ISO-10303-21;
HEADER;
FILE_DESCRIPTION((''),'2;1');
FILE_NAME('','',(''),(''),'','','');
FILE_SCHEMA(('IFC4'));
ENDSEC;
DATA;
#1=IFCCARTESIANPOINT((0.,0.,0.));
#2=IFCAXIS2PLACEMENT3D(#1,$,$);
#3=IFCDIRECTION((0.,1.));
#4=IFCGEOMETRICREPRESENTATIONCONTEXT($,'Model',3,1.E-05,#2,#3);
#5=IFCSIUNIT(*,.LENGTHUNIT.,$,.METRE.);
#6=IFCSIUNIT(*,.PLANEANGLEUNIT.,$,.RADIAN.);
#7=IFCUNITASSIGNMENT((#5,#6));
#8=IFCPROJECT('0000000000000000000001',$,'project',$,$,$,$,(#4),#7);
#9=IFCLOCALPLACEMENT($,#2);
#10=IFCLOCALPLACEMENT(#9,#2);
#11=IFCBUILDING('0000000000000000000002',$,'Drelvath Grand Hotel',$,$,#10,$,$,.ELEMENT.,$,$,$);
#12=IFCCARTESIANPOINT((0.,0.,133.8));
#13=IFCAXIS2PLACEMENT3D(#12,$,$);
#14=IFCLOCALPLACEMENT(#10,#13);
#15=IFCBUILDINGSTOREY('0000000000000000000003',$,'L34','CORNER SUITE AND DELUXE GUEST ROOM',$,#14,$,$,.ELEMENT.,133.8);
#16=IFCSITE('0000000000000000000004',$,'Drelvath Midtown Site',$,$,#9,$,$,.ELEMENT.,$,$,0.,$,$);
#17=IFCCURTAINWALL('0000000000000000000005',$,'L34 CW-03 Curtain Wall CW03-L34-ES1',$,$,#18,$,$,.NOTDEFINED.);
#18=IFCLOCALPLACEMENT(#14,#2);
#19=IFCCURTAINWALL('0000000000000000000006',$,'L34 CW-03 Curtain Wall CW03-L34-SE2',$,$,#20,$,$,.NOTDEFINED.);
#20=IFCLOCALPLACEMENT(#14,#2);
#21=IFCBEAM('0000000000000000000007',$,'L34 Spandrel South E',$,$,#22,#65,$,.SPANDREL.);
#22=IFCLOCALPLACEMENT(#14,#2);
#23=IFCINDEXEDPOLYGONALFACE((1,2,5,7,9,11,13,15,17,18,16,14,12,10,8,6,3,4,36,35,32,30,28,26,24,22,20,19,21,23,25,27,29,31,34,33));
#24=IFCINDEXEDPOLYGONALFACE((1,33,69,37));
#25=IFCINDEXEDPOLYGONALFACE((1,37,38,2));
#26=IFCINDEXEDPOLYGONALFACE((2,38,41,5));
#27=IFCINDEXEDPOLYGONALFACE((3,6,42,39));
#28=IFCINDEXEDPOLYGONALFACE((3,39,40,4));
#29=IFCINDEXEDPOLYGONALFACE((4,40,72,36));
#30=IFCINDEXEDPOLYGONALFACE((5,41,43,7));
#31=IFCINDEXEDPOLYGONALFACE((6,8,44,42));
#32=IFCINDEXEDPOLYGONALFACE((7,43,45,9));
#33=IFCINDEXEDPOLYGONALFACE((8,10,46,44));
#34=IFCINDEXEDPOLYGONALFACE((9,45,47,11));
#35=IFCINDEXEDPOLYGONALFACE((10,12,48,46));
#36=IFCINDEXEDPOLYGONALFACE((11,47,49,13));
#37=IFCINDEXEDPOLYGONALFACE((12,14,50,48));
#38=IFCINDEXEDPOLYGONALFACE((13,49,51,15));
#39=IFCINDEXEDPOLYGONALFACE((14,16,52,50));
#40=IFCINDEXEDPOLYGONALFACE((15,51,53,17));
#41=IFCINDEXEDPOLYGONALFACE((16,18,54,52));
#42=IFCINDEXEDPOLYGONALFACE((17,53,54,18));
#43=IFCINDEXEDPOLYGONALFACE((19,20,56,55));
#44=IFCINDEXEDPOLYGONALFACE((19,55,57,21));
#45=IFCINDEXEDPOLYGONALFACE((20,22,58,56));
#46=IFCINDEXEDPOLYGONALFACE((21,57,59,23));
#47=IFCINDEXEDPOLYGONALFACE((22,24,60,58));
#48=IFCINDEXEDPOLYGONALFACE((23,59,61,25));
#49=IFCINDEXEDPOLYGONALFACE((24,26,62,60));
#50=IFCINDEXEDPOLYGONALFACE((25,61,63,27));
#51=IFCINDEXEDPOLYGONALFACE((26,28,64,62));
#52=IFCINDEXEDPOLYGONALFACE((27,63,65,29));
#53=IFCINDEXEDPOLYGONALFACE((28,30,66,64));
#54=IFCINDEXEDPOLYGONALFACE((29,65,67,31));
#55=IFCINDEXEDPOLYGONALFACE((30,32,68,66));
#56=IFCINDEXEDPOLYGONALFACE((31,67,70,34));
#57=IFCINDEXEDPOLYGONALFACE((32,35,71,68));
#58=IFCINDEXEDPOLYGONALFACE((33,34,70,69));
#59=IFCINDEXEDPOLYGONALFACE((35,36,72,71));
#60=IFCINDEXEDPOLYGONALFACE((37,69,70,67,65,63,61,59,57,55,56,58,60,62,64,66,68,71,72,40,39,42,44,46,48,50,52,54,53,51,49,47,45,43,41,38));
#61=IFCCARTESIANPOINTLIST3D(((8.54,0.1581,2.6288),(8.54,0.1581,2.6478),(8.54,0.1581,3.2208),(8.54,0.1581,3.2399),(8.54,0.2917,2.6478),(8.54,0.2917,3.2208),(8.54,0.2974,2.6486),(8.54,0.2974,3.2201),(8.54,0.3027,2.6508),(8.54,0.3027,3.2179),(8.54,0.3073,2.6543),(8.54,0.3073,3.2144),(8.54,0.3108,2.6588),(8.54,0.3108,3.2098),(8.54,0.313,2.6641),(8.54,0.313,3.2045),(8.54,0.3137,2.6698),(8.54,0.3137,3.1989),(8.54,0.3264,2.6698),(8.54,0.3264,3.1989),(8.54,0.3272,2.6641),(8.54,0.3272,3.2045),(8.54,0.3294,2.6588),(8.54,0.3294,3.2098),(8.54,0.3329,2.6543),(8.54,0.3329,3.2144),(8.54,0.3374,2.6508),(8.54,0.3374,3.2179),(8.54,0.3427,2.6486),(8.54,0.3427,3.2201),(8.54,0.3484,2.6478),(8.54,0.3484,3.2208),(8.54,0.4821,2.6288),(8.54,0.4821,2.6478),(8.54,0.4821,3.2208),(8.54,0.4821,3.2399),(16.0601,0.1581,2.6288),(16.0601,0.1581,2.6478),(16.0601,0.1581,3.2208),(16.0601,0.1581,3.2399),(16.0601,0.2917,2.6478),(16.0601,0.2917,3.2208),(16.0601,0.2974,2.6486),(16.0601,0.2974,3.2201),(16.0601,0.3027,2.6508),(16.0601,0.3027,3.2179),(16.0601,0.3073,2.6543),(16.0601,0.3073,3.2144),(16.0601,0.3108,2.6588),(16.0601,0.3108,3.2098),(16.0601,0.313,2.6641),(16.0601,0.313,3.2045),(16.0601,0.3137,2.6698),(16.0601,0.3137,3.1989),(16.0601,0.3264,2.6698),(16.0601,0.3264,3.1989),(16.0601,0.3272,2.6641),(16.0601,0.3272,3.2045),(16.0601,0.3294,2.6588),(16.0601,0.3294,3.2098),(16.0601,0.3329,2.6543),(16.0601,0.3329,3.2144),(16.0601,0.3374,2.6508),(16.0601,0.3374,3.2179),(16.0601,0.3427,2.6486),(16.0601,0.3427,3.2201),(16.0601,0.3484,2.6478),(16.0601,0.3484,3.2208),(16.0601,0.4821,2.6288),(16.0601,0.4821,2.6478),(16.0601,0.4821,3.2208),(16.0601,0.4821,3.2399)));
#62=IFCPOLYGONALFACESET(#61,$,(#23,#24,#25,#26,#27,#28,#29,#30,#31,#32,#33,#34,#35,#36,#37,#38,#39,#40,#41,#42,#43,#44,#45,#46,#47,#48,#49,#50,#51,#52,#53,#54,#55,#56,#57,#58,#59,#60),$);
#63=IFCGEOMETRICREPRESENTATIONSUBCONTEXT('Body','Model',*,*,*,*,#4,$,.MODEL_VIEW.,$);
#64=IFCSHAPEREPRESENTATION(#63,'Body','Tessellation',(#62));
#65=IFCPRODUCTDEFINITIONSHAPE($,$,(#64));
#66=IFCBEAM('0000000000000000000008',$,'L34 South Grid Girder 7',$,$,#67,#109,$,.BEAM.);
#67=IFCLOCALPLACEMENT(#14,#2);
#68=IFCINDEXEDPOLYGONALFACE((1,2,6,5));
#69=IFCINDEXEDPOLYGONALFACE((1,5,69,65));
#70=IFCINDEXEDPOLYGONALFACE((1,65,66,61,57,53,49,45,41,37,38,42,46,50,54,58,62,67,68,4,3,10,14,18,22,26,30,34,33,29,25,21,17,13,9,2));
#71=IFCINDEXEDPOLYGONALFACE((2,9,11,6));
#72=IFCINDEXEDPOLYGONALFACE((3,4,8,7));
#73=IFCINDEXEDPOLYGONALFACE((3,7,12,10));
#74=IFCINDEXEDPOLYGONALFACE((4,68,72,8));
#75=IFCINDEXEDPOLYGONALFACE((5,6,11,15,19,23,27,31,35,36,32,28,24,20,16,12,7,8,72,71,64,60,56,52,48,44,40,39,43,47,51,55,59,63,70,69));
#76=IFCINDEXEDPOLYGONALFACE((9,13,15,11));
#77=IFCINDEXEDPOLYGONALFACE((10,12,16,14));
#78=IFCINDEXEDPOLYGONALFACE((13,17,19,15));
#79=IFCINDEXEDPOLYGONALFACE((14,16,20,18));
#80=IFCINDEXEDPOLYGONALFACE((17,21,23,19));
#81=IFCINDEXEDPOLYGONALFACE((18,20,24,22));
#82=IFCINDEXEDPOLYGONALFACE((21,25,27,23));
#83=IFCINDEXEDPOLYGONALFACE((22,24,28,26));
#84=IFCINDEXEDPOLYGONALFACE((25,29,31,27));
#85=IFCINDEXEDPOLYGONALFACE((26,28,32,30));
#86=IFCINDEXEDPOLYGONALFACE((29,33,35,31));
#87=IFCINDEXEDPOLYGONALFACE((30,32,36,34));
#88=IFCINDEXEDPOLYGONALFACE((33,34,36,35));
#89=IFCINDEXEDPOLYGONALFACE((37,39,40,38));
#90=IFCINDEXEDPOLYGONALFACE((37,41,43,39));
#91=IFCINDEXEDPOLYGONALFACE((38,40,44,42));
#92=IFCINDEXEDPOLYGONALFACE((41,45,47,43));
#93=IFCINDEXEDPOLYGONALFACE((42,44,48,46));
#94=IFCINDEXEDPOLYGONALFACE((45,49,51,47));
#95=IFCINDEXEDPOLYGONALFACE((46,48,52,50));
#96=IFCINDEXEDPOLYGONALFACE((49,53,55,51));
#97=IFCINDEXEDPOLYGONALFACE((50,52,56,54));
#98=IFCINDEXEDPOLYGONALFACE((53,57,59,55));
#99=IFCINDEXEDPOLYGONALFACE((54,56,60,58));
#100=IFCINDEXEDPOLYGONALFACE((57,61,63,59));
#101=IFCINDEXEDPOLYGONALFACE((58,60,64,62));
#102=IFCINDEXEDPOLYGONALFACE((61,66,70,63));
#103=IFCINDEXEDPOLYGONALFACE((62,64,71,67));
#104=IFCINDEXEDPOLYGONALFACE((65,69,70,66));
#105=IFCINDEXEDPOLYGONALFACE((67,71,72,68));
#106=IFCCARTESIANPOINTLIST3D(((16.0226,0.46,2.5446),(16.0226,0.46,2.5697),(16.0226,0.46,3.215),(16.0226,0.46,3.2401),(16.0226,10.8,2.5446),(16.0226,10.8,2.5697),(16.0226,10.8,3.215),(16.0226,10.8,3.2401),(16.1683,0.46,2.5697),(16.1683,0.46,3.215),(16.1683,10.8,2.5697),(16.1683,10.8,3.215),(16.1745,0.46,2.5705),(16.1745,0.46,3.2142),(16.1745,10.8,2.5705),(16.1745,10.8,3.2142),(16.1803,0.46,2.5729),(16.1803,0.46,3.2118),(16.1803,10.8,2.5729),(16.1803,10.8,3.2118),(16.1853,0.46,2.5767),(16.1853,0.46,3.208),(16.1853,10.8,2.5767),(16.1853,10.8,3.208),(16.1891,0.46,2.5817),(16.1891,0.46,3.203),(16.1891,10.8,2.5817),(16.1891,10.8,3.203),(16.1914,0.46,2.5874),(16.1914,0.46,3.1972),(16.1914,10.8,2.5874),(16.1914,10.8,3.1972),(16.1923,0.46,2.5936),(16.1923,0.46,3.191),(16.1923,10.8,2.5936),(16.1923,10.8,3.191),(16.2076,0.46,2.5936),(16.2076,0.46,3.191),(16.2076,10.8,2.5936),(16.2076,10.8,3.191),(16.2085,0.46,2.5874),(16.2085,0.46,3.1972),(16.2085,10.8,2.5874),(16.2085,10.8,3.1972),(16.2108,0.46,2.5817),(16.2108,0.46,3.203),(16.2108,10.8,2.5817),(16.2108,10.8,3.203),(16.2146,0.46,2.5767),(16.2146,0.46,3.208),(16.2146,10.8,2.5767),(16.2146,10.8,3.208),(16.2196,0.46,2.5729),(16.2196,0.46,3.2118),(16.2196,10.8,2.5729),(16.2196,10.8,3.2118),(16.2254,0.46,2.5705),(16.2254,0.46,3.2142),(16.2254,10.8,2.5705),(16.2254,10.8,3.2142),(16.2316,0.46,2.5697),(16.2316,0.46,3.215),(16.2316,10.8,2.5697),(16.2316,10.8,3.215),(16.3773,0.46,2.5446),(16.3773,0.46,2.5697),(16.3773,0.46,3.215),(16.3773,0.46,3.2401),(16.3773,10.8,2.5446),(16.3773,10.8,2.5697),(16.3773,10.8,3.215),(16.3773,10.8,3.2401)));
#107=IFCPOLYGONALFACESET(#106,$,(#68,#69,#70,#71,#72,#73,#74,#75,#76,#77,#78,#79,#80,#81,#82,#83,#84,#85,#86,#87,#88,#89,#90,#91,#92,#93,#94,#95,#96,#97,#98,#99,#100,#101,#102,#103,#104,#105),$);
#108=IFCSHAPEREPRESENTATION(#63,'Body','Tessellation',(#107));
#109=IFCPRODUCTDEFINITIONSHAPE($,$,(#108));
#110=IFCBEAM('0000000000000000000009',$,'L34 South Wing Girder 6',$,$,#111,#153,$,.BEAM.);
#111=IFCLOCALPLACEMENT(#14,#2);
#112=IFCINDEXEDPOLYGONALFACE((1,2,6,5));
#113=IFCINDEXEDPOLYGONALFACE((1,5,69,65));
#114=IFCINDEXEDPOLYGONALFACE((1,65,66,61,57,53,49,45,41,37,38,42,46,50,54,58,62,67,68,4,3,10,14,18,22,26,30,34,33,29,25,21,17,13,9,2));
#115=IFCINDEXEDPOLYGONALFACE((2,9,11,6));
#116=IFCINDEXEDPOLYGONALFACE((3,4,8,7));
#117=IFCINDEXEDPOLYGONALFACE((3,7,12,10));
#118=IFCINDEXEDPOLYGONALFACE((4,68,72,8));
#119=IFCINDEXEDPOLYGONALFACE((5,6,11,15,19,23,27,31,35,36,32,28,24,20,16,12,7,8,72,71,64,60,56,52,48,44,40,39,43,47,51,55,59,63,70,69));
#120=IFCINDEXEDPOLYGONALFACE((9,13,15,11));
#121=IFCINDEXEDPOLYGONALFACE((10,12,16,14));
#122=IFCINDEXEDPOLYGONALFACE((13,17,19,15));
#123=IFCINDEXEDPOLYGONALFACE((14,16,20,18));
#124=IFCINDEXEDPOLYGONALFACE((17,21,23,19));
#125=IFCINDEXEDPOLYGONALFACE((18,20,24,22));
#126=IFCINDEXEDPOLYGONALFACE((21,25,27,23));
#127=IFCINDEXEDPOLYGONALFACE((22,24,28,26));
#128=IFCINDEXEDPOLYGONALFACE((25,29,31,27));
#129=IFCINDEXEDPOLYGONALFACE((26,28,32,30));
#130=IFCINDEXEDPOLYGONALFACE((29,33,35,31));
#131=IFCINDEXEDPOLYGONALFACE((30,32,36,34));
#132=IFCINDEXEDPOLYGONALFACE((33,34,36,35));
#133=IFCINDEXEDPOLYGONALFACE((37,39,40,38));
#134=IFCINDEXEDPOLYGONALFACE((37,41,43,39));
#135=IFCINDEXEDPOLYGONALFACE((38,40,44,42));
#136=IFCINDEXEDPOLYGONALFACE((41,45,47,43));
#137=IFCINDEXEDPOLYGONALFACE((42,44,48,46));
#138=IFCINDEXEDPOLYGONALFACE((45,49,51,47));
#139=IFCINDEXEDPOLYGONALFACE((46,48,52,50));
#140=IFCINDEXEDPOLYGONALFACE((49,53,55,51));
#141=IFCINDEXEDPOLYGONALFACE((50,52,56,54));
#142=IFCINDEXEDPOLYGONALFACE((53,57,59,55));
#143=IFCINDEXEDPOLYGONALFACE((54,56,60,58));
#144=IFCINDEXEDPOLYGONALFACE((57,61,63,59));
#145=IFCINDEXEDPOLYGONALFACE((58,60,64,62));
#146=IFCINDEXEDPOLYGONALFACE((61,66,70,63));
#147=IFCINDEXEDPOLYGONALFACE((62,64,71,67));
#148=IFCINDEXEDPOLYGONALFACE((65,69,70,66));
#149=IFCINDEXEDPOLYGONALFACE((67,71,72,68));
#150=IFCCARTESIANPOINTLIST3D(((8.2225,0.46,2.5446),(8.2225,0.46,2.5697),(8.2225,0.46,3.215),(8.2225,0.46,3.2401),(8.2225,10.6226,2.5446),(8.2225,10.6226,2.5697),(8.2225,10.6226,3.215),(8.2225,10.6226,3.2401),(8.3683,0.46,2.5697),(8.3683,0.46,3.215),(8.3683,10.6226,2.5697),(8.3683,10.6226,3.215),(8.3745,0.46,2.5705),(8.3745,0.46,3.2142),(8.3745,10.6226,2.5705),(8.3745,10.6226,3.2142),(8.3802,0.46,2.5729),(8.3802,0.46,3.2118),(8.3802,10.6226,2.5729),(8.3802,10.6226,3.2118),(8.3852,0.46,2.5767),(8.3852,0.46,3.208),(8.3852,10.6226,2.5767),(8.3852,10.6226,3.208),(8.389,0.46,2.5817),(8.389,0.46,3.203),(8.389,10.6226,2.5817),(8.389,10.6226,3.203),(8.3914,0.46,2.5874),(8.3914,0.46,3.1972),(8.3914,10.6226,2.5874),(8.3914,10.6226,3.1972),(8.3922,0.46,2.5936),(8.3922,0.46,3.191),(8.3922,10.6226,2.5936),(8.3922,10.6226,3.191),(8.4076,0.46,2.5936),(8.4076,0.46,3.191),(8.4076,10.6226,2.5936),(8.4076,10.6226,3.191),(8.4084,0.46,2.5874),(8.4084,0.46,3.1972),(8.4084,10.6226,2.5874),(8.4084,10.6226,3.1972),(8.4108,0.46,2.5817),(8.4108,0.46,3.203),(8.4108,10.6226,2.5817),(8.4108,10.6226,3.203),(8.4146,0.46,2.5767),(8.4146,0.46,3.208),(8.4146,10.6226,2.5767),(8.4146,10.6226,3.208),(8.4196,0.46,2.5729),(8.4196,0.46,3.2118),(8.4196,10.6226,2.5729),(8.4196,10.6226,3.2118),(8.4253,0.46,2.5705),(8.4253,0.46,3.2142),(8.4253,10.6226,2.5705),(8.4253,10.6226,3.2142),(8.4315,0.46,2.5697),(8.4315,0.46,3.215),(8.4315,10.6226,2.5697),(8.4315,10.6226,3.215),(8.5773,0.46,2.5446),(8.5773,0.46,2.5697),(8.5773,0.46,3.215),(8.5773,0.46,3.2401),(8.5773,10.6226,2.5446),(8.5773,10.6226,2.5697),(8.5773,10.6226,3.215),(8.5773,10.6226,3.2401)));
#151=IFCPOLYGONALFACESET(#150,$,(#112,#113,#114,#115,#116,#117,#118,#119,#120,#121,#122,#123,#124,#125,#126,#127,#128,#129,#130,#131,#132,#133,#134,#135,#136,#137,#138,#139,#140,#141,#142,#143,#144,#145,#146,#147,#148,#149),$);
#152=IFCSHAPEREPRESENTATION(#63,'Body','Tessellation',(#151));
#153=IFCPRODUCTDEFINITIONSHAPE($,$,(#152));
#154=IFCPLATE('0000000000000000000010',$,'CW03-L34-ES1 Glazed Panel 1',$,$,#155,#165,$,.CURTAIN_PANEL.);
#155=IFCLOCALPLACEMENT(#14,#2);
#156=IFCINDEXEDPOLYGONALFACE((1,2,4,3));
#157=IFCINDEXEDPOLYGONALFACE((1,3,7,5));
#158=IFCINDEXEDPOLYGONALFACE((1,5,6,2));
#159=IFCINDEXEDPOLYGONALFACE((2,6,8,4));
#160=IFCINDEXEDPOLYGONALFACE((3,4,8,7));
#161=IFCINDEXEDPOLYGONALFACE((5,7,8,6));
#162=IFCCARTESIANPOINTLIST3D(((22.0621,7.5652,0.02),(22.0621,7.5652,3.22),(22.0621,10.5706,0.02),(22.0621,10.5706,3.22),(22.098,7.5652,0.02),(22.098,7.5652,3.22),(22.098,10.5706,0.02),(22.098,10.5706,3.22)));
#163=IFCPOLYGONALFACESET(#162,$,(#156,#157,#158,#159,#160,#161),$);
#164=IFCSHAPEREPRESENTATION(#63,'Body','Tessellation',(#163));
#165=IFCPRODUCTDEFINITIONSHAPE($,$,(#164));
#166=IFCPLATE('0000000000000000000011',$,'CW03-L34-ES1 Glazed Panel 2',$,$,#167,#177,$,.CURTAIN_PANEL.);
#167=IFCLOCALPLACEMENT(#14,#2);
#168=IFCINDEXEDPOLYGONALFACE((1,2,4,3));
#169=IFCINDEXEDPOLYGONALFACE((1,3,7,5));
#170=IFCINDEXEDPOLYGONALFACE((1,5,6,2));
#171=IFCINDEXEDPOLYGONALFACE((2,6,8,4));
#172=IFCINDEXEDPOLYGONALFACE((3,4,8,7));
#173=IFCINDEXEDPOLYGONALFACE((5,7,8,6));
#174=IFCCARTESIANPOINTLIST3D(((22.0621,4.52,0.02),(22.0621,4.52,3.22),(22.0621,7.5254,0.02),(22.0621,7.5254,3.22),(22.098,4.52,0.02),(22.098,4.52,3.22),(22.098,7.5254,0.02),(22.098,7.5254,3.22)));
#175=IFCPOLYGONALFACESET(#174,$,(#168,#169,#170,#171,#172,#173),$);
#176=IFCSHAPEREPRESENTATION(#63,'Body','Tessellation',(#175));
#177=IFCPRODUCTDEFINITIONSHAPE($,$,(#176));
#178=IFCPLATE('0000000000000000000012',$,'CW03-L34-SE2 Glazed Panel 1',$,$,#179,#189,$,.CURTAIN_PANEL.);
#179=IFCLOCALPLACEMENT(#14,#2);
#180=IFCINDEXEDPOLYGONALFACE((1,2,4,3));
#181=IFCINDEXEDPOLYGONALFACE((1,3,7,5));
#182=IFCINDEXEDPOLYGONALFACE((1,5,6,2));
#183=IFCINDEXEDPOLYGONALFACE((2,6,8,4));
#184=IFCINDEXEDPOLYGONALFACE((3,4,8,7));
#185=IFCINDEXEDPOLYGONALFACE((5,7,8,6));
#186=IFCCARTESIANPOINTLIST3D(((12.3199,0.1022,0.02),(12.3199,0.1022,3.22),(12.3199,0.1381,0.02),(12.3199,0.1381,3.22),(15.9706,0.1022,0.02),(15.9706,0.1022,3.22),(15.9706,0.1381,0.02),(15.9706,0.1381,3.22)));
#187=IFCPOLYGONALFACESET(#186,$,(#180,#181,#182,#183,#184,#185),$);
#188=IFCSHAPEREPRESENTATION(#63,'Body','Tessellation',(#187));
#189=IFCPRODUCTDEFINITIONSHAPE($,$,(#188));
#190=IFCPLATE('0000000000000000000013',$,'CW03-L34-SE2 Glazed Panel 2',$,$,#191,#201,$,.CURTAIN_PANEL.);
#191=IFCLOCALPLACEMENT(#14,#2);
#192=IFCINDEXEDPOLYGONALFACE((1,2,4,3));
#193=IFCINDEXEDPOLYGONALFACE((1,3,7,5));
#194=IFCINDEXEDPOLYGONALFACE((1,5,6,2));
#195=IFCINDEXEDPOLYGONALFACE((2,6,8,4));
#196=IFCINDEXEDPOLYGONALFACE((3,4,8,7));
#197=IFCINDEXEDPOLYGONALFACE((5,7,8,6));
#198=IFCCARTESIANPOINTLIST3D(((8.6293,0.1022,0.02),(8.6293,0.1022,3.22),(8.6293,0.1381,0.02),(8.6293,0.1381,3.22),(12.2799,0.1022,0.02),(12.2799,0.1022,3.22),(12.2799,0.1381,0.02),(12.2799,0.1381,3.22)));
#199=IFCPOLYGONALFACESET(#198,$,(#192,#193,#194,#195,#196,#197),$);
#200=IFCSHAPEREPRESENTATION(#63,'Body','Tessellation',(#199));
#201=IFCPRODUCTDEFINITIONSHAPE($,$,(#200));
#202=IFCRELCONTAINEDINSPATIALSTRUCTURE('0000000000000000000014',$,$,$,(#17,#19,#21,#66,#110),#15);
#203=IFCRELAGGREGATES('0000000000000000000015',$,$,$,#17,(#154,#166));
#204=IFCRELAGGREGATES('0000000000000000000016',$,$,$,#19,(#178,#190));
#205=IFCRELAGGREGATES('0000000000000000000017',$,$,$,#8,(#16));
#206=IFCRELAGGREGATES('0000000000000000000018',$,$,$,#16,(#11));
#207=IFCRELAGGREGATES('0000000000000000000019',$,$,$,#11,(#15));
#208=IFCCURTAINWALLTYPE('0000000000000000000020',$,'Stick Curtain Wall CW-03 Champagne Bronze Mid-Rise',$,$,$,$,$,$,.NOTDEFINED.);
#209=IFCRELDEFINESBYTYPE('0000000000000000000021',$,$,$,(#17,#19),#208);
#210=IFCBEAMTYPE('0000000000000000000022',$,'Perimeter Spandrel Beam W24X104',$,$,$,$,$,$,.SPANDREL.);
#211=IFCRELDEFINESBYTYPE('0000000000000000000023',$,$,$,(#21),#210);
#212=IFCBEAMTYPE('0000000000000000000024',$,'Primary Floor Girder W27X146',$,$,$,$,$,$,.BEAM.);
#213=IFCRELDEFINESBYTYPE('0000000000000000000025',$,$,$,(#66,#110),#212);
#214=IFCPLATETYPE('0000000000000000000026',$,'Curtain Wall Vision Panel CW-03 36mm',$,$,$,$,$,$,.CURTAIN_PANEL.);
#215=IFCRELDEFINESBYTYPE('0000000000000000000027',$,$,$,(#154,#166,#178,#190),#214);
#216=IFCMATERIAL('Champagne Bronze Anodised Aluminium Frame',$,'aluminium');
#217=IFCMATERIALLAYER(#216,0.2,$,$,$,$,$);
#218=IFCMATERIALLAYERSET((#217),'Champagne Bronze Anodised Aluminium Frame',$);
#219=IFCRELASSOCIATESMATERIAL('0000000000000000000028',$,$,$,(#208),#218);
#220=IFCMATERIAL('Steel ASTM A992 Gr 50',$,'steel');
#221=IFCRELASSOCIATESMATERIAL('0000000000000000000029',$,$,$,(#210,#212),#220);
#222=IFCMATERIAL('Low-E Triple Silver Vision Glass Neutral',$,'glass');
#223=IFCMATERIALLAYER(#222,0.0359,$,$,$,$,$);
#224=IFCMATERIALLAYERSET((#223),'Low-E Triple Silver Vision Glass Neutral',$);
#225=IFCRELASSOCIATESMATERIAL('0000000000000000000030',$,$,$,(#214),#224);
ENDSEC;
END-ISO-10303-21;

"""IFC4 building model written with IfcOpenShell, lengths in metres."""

from ifc_helpers import new_model, si_unit, direction, frame, origin, origin_2d, place, context, subcontext, project, spatial, rectangle, i_section, extrude, material, layer, layer_set, material_profile, profile_set, type_object, element, aggregate, save


model = new_model("IFC4")

# Units and contexts
model_context = context("Model", 3, precision=1e-05, world=origin(), true_north=direction((0.0, 1.0)))
body_context = subcontext(model_context, "Body", "Model", "MODEL_VIEW")
ifc_project = project(units=[si_unit("LENGTHUNIT", "METRE"), si_unit("PLANEANGLEUNIT", "RADIAN")], contexts=[model_context])

# Site, building, storey
site_placement = place(None, origin())
site = spatial("IfcSite", under=ifc_project, at=site_placement, Name="Drelvath Midtown Site", CompositionType="ELEMENT", RefElevation=0.0)
building_placement = place(site_placement, origin())
building = spatial("IfcBuilding", under=site, at=building_placement, Name="Drelvath Grand Hotel", CompositionType="ELEMENT")
storey_placement = place(building_placement, frame((0.0, 0.0, 133.8)))
storey = spatial("IfcBuildingStorey", under=building, at=storey_placement, Name="L34", Description="CORNER SUITE AND DELUXE GUEST ROOM", CompositionType="ELEMENT", Elevation=133.8)

# Curtain walls
ifc_material_1 = material(Name="Champagne Bronze Anodised Aluminium Frame", Category="aluminium")
ifc_layer_1 = layer(ifc_material_1, 0.2)
ifc_layer_set_1 = layer_set([ifc_layer_1], Name="Champagne Bronze Anodised Aluminium Frame")
curtain_wall_type = type_object("IfcCurtainWallType", Name="Stick Curtain Wall CW-03 Champagne Bronze Mid-Rise", PredefinedType="NOTDEFINED", material=ifc_layer_set_1)
curtain_wall_1_placement = place(storey_placement, origin())
curtain_wall_1 = element("IfcCurtainWall", 1, at=curtain_wall_1_placement, inside=storey, type_object=curtain_wall_type, Name="L34 CW-03 Curtain Wall CW03-L34-ES1", PredefinedType="NOTDEFINED")
curtain_wall_2_placement = place(storey_placement, origin())
curtain_wall_2 = element("IfcCurtainWall", 2, at=curtain_wall_2_placement, inside=storey, type_object=curtain_wall_type, Name="L34 CW-03 Curtain Wall CW03-L34-SE2", PredefinedType="NOTDEFINED")

# Beams
ifc_material_2 = material(Name="Steel ASTM A992 Gr 50", Category="steel")
ifc_material_profile_1 = material_profile(ifc_material_2, i_section(OverallWidth=0.324, OverallDepth=0.6111, WebThickness=0.0127, FlangeThickness=0.019, FilletRadius=0.022, at=origin_2d()), Name="W24X104")
ifc_profile_set_1 = profile_set([ifc_material_profile_1], Name="Steel ASTM A992 Gr 50")
beam_type_1 = type_object("IfcBeamType", Name="Perimeter Spandrel Beam W24X104", PredefinedType="SPANDREL", material=ifc_profile_set_1)
beam_1_placement = place(storey_placement, frame((8.54, 0.3201, 2.9343), z_axis=(1.0, 0.0, 0.0), x_axis=(0.0, 1.0, 0.0)))
element("IfcBeam", 3, at=beam_1_placement, inside=storey, type_object=beam_type_1, Name="L34 Spandrel South E", PredefinedType="SPANDREL", context=body_context, shape_type="SweptSolid", body=[
    extrude(i_section(OverallWidth=0.324, OverallDepth=0.6111, WebThickness=0.0127, FlangeThickness=0.019, FilletRadius=0.022, at=origin_2d()), origin(), (0.0, 0.0, 1.0), 7.52),
])
ifc_material_profile_2 = material_profile(ifc_material_2, i_section(OverallWidth=0.3547, OverallDepth=0.6956, WebThickness=0.0154, FlangeThickness=0.0251, FilletRadius=0.0239, at=origin_2d()), Name="W27X146")
ifc_profile_set_2 = profile_set([ifc_material_profile_2], Name="Steel ASTM A992 Gr 50")
beam_type_2 = type_object("IfcBeamType", Name="Primary Floor Girder W27X146", PredefinedType="BEAM", material=ifc_profile_set_2)
beam_2_placement = place(storey_placement, frame((16.2, 0.46, 2.8923), z_axis=(0.0, 1.0, 0.0), x_axis=(-1.0, 0.0, 0.0)))
element("IfcBeam", 4, at=beam_2_placement, inside=storey, type_object=beam_type_2, Name="L34 South Grid Girder 7", PredefinedType="BEAM", context=body_context, shape_type="SweptSolid", body=[
    extrude(i_section(OverallWidth=0.3547, OverallDepth=0.6956, WebThickness=0.0154, FlangeThickness=0.0251, FilletRadius=0.0239, at=origin_2d()), origin(), (0.0, 0.0, 1.0), 10.3401),
])
beam_3_placement = place(storey_placement, frame((8.3999, 0.46, 2.8923), z_axis=(0.0, 1.0, 0.0), x_axis=(-1.0, 0.0, 0.0)))
element("IfcBeam", 5, at=beam_3_placement, inside=storey, type_object=beam_type_2, Name="L34 South Wing Girder 6", PredefinedType="BEAM", context=body_context, shape_type="SweptSolid", body=[
    extrude(i_section(OverallWidth=0.3547, OverallDepth=0.6956, WebThickness=0.0154, FlangeThickness=0.0251, FilletRadius=0.0239, at=origin_2d()), origin(), (0.0, 0.0, 1.0), 10.1626),
])

# Plates
ifc_material_3 = material(Name="Low-E Triple Silver Vision Glass Neutral", Category="glass")
ifc_layer_2 = layer(ifc_material_3, 0.0359)
ifc_layer_set_2 = layer_set([ifc_layer_2], Name="Low-E Triple Silver Vision Glass Neutral")
plate_type = type_object("IfcPlateType", Name="Curtain Wall Vision Panel CW-03 36mm", PredefinedType="CURTAIN_PANEL", material=ifc_layer_set_2)
plate_1_placement = place(storey_placement, frame((22.0801, 9.0679, 0.02), z_axis=(0.0, 0.0, 1.0), x_axis=(0.0, -1.0, 0.0)))
plate_1 = element("IfcPlate", 6, at=plate_1_placement, type_object=plate_type, Name="CW03-L34-ES1 Glazed Panel 1", PredefinedType="CURTAIN_PANEL", context=body_context, shape_type="SweptSolid", body=[
    extrude(rectangle(XDim=3.0054, YDim=0.0359, at=origin_2d()), origin(), (0.0, 0.0, 1.0), 3.2),
])
plate_2_placement = place(storey_placement, frame((22.0801, 6.0227, 0.02), z_axis=(0.0, 0.0, 1.0), x_axis=(0.0, -1.0, 0.0)))
plate_2 = element("IfcPlate", 7, at=plate_2_placement, type_object=plate_type, Name="CW03-L34-ES1 Glazed Panel 2", PredefinedType="CURTAIN_PANEL", context=body_context, shape_type="SweptSolid", body=[
    extrude(rectangle(XDim=3.0054, YDim=0.0359, at=origin_2d()), origin(), (0.0, 0.0, 1.0), 3.2),
])
aggregate(curtain_wall_1, [plate_1, plate_2])
plate_3_placement = place(storey_placement, frame((14.1453, 0.1201, 0.02), z_axis=(0.0, 0.0, 1.0), x_axis=(-1.0, 0.0, 0.0)))
plate_3 = element("IfcPlate", 8, at=plate_3_placement, type_object=plate_type, Name="CW03-L34-SE2 Glazed Panel 1", PredefinedType="CURTAIN_PANEL", context=body_context, shape_type="SweptSolid", body=[
    extrude(rectangle(XDim=3.6506, YDim=0.0359, at=origin_2d()), origin(), (0.0, 0.0, 1.0), 3.2),
])
plate_4_placement = place(storey_placement, frame((10.4546, 0.1201, 0.02), z_axis=(0.0, 0.0, 1.0), x_axis=(-1.0, 0.0, 0.0)))
plate_4 = element("IfcPlate", 9, at=plate_4_placement, type_object=plate_type, Name="CW03-L34-SE2 Glazed Panel 2", PredefinedType="CURTAIN_PANEL", context=body_context, shape_type="SweptSolid", body=[
    extrude(rectangle(XDim=3.6506, YDim=0.0359, at=origin_2d()), origin(), (0.0, 0.0, 1.0), 3.2),
])
aggregate(curtain_wall_2, [plate_3, plate_4])

save(model, "model.ifc")
